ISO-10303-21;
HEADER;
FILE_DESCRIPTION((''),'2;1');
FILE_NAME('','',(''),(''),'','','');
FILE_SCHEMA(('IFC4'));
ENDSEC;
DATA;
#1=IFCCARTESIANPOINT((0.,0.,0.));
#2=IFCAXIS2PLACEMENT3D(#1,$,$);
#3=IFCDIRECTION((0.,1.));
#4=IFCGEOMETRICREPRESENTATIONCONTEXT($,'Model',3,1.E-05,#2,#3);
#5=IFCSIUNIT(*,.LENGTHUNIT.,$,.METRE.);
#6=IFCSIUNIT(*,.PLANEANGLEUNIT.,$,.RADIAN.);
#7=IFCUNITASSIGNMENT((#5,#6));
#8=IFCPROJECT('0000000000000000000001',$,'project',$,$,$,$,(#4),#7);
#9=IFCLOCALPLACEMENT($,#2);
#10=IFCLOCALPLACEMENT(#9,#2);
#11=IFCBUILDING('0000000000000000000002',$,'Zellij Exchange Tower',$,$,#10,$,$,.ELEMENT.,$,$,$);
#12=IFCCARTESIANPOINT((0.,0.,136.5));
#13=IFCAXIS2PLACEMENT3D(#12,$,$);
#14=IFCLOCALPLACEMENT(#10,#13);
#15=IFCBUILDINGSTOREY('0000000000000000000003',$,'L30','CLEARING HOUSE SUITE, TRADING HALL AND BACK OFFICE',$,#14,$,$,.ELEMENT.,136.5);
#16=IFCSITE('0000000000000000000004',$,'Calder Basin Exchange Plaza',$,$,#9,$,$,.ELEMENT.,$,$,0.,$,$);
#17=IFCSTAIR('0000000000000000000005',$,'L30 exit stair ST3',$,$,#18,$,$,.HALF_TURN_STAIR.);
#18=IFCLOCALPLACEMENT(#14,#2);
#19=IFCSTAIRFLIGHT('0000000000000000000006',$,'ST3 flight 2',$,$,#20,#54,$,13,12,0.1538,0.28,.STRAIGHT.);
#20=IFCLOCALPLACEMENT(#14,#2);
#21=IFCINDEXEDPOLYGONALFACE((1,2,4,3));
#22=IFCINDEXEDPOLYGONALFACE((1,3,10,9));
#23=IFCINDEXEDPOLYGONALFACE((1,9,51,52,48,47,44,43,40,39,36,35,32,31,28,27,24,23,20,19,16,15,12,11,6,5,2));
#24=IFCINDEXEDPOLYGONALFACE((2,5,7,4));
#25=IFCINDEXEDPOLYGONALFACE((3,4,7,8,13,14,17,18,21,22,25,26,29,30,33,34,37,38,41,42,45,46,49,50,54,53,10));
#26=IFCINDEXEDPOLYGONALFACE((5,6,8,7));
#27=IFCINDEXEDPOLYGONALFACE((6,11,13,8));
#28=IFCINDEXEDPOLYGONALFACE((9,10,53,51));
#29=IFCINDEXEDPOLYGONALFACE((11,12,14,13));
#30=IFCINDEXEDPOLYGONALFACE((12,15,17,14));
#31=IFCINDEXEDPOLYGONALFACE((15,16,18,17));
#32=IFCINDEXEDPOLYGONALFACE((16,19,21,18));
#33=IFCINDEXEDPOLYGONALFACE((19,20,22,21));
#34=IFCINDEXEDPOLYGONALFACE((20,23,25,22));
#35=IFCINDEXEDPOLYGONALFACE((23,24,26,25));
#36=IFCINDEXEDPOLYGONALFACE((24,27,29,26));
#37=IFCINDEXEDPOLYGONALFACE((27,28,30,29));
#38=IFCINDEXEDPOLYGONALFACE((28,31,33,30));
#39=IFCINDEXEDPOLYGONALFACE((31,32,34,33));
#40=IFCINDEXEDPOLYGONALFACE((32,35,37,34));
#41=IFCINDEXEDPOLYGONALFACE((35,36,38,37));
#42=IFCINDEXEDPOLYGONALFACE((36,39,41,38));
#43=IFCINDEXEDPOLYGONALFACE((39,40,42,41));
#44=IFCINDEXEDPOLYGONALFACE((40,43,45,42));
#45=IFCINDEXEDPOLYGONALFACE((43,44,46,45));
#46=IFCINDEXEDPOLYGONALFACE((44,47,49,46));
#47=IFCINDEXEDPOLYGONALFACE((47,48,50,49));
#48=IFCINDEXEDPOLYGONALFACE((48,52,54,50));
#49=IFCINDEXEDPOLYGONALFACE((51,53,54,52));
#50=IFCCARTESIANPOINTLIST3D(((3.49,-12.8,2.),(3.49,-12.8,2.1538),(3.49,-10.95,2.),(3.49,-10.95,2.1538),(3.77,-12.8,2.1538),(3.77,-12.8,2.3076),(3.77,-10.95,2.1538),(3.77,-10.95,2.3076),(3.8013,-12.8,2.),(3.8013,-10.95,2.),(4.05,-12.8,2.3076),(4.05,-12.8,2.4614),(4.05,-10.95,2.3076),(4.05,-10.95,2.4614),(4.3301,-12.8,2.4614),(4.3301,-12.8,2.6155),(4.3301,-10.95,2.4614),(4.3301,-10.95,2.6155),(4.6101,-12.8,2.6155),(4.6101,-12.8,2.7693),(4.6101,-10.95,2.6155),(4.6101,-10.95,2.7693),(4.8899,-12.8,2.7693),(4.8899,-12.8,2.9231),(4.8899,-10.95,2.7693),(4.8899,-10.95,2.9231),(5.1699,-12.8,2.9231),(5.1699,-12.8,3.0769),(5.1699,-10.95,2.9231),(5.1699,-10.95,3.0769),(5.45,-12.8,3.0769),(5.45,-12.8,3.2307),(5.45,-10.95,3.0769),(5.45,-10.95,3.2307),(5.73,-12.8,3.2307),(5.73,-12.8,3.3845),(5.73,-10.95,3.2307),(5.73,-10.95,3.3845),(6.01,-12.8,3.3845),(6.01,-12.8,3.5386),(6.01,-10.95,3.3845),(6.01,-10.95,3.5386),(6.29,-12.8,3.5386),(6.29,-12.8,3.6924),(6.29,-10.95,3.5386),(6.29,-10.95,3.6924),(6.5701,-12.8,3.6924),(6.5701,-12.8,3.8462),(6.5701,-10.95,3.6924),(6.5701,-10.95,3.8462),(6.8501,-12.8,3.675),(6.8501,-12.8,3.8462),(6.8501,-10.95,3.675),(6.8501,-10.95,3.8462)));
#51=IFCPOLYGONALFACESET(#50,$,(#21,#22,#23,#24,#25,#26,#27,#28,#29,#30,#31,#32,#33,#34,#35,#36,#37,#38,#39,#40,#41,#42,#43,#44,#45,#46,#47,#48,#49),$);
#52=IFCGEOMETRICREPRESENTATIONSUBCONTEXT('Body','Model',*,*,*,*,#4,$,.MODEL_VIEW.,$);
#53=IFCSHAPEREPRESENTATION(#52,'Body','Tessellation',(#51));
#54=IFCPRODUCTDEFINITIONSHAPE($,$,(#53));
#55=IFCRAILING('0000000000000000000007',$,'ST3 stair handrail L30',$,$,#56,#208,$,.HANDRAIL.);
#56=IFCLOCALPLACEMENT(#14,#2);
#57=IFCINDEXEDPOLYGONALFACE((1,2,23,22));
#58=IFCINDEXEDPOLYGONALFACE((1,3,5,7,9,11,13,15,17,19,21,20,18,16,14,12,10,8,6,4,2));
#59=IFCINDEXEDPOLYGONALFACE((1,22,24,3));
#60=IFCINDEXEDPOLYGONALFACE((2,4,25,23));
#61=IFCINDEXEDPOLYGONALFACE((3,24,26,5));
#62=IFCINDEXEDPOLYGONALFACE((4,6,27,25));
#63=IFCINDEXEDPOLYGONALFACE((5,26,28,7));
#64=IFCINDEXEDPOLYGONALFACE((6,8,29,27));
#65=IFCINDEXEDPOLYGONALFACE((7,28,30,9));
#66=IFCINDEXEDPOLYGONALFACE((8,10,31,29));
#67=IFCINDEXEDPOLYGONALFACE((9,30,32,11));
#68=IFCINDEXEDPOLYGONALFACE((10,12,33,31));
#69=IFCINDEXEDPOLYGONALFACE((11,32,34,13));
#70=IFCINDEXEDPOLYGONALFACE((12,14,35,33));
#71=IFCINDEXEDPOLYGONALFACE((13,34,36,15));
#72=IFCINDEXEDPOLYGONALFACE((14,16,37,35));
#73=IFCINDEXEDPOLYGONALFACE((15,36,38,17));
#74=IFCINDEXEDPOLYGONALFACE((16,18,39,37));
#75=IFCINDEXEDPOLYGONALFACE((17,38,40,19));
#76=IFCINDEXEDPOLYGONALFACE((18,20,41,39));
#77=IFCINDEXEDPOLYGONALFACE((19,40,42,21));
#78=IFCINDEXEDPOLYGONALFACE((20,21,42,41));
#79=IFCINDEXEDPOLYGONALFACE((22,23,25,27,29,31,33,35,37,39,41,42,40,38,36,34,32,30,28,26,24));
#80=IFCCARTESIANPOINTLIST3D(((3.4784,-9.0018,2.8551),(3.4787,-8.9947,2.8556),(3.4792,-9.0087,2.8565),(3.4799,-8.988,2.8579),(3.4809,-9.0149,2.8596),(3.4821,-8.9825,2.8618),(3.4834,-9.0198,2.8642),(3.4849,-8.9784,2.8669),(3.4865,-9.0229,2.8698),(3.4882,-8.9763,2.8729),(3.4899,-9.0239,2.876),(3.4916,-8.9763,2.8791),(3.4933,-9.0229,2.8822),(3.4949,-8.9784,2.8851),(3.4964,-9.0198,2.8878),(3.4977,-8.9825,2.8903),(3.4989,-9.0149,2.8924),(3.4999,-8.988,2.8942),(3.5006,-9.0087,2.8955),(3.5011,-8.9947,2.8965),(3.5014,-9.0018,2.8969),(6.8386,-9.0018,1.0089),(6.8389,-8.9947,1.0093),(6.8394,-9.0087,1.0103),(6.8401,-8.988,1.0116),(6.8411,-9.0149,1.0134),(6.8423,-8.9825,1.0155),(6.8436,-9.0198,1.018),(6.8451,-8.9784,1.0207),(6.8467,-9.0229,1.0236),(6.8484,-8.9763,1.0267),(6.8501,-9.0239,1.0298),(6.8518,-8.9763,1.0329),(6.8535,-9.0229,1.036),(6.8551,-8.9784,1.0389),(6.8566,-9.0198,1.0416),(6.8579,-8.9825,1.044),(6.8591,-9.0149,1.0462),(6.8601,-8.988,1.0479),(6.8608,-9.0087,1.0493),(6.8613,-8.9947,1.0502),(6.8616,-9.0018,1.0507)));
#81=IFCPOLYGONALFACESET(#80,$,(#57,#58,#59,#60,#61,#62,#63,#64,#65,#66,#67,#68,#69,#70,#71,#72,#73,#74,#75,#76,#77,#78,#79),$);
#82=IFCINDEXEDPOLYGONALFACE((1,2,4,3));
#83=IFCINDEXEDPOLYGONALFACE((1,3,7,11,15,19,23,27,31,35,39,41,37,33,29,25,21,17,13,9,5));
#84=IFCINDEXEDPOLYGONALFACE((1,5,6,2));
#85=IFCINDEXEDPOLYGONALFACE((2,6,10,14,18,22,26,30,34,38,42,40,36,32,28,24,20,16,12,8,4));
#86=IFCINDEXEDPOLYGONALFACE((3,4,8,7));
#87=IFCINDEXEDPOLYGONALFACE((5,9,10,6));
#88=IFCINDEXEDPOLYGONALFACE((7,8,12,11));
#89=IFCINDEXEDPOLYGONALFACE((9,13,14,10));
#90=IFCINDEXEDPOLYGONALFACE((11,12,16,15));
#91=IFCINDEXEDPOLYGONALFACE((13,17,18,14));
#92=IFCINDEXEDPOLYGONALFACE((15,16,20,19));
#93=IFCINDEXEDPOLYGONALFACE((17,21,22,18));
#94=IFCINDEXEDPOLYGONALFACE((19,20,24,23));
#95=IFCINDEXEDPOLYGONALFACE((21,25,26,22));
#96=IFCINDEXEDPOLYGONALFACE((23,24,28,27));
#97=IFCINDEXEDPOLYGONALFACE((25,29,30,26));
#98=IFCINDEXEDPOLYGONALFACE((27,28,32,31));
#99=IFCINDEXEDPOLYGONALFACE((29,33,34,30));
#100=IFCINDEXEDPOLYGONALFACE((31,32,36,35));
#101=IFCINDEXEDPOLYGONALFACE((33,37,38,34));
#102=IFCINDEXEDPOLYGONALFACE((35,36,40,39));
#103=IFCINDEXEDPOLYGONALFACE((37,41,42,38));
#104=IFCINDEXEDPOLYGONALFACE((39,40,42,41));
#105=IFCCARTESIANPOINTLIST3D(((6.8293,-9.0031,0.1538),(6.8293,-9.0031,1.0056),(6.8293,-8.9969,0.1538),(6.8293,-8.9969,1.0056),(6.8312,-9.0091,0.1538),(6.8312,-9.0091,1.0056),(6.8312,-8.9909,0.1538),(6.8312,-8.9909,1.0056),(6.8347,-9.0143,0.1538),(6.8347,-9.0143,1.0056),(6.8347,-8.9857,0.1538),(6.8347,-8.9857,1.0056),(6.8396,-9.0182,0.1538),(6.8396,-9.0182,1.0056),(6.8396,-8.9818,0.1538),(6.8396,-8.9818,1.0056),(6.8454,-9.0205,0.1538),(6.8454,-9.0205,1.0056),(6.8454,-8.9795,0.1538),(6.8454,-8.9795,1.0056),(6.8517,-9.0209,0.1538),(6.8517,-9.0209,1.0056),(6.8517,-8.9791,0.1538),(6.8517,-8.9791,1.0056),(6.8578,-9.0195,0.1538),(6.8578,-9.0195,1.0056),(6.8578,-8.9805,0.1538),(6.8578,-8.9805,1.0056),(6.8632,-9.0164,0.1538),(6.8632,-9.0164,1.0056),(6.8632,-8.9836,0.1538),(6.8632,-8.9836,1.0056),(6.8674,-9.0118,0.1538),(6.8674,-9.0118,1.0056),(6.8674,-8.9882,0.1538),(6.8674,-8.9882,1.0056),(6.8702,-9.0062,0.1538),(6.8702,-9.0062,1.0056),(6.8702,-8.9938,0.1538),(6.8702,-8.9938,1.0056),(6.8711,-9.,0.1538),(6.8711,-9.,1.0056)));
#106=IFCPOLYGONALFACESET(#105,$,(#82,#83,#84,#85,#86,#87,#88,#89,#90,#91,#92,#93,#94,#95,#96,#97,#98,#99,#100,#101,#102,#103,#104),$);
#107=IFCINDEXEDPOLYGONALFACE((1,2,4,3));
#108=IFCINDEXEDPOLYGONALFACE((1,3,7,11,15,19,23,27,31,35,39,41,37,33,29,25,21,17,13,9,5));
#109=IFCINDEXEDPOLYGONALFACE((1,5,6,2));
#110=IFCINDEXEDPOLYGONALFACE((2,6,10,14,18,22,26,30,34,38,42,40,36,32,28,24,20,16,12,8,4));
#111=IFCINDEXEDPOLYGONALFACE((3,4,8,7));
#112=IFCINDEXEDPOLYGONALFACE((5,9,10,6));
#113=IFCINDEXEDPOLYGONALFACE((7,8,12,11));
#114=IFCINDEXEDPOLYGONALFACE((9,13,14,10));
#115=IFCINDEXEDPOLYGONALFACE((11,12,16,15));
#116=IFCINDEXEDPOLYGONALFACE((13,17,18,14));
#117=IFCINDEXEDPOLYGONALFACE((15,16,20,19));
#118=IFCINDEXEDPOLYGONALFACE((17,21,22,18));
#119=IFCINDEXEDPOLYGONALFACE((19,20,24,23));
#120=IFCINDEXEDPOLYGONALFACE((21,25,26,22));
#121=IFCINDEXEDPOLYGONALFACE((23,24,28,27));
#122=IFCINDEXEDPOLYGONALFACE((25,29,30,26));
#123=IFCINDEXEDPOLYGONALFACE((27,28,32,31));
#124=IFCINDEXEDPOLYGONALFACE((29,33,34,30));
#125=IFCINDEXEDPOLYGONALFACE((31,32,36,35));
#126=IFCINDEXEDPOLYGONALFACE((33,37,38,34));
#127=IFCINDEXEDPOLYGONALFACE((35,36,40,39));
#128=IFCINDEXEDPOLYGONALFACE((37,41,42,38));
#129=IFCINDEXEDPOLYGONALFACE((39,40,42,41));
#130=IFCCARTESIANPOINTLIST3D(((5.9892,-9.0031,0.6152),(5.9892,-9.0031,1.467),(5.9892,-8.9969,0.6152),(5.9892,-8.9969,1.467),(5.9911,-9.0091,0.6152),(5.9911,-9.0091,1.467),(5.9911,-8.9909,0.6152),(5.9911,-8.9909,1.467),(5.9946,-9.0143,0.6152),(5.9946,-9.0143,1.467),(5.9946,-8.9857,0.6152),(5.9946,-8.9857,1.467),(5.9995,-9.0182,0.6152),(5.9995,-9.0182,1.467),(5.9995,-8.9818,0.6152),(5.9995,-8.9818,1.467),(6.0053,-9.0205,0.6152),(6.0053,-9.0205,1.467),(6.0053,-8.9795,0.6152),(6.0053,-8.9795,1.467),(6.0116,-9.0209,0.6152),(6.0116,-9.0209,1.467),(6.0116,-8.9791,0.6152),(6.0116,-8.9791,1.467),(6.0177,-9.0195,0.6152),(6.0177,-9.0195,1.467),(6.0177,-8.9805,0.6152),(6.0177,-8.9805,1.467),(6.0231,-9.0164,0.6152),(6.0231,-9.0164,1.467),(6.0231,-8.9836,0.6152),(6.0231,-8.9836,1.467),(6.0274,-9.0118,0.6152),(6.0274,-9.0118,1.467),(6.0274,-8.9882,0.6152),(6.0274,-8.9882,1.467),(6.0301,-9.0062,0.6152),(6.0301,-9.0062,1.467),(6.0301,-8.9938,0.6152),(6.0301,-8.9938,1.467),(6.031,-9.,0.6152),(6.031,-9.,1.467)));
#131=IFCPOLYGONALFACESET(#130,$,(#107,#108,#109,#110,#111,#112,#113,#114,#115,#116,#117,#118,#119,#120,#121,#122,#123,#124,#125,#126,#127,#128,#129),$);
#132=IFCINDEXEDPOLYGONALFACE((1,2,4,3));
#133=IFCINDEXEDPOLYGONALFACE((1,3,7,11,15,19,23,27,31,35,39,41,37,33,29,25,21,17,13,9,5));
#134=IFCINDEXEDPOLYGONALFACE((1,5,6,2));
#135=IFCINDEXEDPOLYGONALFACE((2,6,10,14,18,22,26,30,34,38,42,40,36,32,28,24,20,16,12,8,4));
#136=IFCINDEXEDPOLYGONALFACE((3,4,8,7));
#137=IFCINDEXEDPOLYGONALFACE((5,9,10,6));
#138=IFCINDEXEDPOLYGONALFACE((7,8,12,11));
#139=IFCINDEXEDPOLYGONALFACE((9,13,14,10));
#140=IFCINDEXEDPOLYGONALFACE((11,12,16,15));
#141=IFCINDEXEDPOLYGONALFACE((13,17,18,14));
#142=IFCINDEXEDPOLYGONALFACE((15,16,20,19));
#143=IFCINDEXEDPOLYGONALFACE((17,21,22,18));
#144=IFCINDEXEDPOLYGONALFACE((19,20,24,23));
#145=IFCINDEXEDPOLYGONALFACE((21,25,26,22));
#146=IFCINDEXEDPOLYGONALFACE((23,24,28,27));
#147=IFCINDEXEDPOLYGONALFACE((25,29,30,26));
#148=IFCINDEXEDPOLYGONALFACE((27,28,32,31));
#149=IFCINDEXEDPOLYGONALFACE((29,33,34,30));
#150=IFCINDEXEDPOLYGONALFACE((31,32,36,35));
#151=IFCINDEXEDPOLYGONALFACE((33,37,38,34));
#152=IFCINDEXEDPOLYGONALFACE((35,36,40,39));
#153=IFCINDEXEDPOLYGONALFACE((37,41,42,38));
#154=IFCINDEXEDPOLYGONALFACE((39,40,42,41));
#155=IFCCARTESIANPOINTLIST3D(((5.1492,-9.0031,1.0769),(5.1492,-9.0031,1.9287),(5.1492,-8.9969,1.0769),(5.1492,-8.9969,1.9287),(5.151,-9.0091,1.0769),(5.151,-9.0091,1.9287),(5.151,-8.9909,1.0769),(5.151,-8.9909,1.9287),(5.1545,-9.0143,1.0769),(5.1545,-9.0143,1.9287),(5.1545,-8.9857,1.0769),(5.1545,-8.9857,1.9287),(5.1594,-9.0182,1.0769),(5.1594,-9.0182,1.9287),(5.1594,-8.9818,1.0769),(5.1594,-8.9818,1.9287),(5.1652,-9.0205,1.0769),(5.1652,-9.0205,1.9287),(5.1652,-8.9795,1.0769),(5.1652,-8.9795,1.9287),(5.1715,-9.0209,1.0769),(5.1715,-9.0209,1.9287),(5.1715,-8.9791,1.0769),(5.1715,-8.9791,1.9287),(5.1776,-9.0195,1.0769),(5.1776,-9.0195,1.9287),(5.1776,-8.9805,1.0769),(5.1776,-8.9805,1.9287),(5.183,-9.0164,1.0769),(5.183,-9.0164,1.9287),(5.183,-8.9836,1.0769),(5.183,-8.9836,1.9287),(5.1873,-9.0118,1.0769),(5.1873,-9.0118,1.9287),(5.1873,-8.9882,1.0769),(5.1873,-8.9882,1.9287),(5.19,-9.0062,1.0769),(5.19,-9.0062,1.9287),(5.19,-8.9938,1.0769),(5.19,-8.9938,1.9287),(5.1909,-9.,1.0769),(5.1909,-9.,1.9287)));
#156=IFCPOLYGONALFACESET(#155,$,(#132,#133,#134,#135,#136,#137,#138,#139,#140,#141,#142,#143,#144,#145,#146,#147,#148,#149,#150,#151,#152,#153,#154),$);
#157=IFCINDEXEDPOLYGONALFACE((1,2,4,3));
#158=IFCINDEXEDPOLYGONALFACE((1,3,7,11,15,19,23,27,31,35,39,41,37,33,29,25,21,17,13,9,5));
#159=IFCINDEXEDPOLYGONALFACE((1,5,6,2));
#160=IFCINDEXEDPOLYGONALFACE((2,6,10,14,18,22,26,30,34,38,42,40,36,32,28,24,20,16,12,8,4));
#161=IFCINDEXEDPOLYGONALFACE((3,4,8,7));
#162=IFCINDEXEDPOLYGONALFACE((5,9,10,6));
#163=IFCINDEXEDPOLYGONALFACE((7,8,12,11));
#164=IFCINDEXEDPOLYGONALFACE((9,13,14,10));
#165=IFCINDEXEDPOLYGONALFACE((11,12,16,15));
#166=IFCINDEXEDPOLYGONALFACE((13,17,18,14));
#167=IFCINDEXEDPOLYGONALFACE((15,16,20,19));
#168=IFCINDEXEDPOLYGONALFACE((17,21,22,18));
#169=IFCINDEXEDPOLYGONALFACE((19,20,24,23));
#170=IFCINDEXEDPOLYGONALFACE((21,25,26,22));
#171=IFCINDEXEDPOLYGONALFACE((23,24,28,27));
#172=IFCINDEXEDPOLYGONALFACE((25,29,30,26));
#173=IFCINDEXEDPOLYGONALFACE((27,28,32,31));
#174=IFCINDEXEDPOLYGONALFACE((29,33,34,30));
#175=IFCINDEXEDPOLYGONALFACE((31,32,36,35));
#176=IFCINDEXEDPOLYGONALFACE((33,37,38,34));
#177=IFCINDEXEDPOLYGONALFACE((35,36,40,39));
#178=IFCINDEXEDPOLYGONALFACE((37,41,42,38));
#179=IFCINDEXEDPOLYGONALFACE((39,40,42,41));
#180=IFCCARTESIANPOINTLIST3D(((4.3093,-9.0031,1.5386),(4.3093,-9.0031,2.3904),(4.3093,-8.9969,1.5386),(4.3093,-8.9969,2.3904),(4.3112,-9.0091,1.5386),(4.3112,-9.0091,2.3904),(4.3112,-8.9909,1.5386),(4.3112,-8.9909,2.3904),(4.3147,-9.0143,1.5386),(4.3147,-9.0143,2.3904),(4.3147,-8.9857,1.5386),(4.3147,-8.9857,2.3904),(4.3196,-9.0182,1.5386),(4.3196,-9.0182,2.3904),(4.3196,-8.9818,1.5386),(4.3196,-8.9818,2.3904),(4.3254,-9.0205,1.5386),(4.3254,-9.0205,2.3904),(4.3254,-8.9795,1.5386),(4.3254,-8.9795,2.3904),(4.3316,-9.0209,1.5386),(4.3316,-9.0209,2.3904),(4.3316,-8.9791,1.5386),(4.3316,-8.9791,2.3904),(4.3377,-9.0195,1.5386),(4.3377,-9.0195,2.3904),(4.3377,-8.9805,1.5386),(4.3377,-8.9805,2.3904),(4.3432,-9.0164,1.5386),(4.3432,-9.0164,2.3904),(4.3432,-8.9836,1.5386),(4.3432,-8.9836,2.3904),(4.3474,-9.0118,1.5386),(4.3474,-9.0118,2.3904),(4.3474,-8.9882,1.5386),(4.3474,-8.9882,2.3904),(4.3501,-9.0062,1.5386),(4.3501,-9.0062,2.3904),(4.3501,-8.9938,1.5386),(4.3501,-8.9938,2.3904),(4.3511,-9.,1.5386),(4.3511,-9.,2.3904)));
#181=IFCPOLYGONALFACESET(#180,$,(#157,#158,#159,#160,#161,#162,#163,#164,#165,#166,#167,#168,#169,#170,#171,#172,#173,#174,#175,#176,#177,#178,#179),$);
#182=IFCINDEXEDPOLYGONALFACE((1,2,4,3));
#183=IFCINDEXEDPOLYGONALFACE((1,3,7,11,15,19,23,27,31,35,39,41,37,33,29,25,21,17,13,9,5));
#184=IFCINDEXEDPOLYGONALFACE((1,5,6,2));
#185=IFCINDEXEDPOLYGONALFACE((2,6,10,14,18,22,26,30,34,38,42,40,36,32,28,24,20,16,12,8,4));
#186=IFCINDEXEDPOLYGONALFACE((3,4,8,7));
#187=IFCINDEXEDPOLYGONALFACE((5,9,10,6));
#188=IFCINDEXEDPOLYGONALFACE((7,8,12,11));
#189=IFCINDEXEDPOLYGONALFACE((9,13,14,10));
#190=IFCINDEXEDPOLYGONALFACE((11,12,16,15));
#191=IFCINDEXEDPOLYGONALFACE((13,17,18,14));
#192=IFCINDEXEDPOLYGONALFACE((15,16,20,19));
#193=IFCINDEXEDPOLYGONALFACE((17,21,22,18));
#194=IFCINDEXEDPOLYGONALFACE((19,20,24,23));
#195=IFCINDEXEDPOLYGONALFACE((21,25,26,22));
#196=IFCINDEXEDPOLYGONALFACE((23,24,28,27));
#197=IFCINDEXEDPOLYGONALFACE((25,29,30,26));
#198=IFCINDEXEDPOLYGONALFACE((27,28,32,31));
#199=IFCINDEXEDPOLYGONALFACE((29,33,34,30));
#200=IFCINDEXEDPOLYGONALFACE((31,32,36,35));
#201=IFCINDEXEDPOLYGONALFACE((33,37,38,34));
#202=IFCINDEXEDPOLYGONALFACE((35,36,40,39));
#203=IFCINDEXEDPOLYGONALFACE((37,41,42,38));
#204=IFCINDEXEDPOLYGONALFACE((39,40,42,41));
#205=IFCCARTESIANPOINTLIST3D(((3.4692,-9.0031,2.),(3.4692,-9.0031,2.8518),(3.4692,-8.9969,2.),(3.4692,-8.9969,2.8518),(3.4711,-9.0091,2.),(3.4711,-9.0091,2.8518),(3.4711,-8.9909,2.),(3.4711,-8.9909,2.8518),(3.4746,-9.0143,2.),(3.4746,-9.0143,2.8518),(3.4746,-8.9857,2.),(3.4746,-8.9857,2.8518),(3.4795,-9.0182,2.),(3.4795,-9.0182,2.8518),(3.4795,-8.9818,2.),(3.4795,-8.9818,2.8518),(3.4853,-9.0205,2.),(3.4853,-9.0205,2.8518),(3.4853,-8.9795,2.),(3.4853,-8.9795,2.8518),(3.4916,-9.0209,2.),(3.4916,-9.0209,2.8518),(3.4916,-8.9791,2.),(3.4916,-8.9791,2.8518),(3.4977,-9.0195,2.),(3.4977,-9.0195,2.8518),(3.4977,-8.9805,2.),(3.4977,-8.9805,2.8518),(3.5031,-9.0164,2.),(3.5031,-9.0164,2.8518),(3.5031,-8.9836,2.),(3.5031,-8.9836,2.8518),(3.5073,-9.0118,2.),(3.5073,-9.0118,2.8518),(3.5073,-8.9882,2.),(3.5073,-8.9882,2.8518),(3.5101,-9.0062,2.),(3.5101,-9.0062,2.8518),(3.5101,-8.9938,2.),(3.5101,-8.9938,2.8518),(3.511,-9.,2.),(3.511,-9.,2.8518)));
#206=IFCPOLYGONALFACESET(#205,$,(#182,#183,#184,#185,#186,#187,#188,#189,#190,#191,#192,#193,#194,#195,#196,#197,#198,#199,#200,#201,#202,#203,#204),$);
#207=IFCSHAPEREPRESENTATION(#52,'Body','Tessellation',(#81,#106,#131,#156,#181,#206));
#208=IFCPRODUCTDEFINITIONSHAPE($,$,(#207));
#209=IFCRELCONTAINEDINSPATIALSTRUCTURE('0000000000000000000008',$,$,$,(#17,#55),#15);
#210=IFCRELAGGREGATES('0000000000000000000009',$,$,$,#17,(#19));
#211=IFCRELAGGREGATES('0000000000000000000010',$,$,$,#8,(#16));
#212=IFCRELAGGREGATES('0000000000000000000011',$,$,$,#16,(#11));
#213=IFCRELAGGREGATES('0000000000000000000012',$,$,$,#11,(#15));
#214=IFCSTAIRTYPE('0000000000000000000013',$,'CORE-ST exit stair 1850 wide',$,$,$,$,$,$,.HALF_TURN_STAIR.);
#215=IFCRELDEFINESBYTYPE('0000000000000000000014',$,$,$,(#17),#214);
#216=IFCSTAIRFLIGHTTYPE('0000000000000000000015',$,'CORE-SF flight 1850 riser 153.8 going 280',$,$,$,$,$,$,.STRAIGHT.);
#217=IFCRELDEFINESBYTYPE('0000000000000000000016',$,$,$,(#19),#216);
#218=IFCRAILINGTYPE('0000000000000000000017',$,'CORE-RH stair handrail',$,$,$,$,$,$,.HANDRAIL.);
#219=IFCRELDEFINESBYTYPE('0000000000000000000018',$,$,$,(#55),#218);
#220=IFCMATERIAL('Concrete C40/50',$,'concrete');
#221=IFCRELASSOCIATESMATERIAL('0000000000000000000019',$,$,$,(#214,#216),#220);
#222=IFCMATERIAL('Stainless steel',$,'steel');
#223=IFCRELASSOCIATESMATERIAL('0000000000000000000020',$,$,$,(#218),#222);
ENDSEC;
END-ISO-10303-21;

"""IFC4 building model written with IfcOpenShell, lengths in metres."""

from ifc_helpers import new_model, si_unit, direction, frame, origin, origin_2d, place, context, subcontext, project, spatial, polyline, circle, outline, extrude, material, type_object, element, aggregate, save


model = new_model("IFC4")

# Units and contexts
model_context = context("Model", 3, precision=1e-05, world=origin(), true_north=direction((0.0, 1.0)))
body_context = subcontext(model_context, "Body", "Model", "MODEL_VIEW")
ifc_project = project(units=[si_unit("LENGTHUNIT", "METRE"), si_unit("PLANEANGLEUNIT", "RADIAN")], contexts=[model_context])

# Site, building, storey
site_placement = place(None, origin())
site = spatial("IfcSite", under=ifc_project, at=site_placement, Name="Calder Basin Exchange Plaza", CompositionType="ELEMENT", RefElevation=0.0)
building_placement = place(site_placement, origin())
building = spatial("IfcBuilding", under=site, at=building_placement, Name="Zellij Exchange Tower", CompositionType="ELEMENT")
storey_placement = place(building_placement, frame((0.0, 0.0, 136.5)))
storey = spatial("IfcBuildingStorey", under=building, at=storey_placement, Name="L30", Description="CLEARING HOUSE SUITE, TRADING HALL AND BACK OFFICE", CompositionType="ELEMENT", Elevation=136.5)

# Stair, stair flight
ifc_material_1 = material(Name="Concrete C40/50", Category="concrete")
stair_type = type_object("IfcStairType", Name="CORE-ST exit stair 1850 wide", PredefinedType="HALF_TURN_STAIR", material=ifc_material_1)
stair_placement = place(storey_placement, origin())
stair = element("IfcStair", 1, at=stair_placement, inside=storey, type_object=stair_type, Name="L30 exit stair ST3", PredefinedType="HALF_TURN_STAIR")
stair_flight_type = type_object("IfcStairFlightType", Name="CORE-SF flight 1850 riser 153.8 going 280", PredefinedType="STRAIGHT", material=ifc_material_1)
stair_flight_1_placement = place(storey_placement, frame((3.49, -11.875, 2.0), z_axis=(0.0, 0.0, 1.0), x_axis=(1.0, 0.0, 0.0)))
stair_flight_1 = element("IfcStairFlight", 2, at=stair_flight_1_placement, type_object=stair_flight_type, Name="ST3 flight 2", NumberOfRisers=13, NumberOfTreads=12, PredefinedType="STRAIGHT", RiserHeight=0.1538, TreadLength=0.28, context=body_context, shape_type="SweptSolid", body=[
    extrude(outline(polyline([(0.0, 0.0), (0.0, 0.1538), (0.28, 0.1538), (0.28, 0.3076), (0.5601, 0.3076), (0.5601, 0.4614), (0.8401, 0.4614), (0.8401, 0.6155), (1.1201, 0.6155), (1.1201, 0.7693), (1.3999, 0.7693), (1.3999, 0.9231), (1.6799, 0.9231), (1.6799, 1.0769), (1.96, 1.0769), (1.96, 1.2307), (2.24, 1.2307), (2.24, 1.3845), (2.52, 1.3845), (2.52, 1.5386), (2.8, 1.5386), (2.8, 1.6924), (3.0801, 1.6924), (3.0801, 1.8462), (3.3601, 1.8462), (3.3601, 2.0), (3.3601, 1.675), (0.3113, 0.0), (0.0, 0.0)])), frame((0.0, 0.925, 0.0), z_axis=(0.0, -1.0, 0.0), x_axis=(1.0, 0.0, 0.0)), (0.0, 0.0, 1.0), 1.8501),
])
aggregate(stair, [stair_flight_1])

# Railing
ifc_material_2 = material(Name="Stainless steel", Category="steel")
railing_type_1 = type_object("IfcRailingType", Name="CORE-RH stair handrail", PredefinedType="HANDRAIL", material=ifc_material_2)
railing_1_placement = place(storey_placement, frame((6.8501, -9.0, 0.1538)))
element("IfcRailing", 3, at=railing_1_placement, inside=storey, type_object=railing_type_1, Name="ST3 stair handrail L30", PredefinedType="HANDRAIL", context=body_context, shape_type="SweptSolid", body=[
    extrude(circle(Radius=0.0239, at=origin_2d()), frame((0.0, 0.0, 0.876), z_axis=(-0.876422, 0.0, 0.481545), x_axis=(0.0, -1.0, 0.0)), (0.0, 0.0, 1.0), 3.834),
    extrude(circle(Radius=0.021, at=origin_2d()), origin(), (0.0, 0.0, 1.0), 0.8518),
    extrude(circle(Radius=0.021, at=origin_2d()), frame((-0.8401, 0.0, 0.4614)), (0.0, 0.0, 1.0), 0.8518),
    extrude(circle(Radius=0.021, at=origin_2d()), frame((-1.6802, 0.0, 0.9231)), (0.0, 0.0, 1.0), 0.8518),
    extrude(circle(Radius=0.021, at=origin_2d()), frame((-2.52, 0.0, 1.3848)), (0.0, 0.0, 1.0), 0.8518),
    extrude(circle(Radius=0.021, at=origin_2d()), frame((-3.3601, 0.0, 1.8462)), (0.0, 0.0, 1.0), 0.8518),
])

save(model, "model.ifc")
